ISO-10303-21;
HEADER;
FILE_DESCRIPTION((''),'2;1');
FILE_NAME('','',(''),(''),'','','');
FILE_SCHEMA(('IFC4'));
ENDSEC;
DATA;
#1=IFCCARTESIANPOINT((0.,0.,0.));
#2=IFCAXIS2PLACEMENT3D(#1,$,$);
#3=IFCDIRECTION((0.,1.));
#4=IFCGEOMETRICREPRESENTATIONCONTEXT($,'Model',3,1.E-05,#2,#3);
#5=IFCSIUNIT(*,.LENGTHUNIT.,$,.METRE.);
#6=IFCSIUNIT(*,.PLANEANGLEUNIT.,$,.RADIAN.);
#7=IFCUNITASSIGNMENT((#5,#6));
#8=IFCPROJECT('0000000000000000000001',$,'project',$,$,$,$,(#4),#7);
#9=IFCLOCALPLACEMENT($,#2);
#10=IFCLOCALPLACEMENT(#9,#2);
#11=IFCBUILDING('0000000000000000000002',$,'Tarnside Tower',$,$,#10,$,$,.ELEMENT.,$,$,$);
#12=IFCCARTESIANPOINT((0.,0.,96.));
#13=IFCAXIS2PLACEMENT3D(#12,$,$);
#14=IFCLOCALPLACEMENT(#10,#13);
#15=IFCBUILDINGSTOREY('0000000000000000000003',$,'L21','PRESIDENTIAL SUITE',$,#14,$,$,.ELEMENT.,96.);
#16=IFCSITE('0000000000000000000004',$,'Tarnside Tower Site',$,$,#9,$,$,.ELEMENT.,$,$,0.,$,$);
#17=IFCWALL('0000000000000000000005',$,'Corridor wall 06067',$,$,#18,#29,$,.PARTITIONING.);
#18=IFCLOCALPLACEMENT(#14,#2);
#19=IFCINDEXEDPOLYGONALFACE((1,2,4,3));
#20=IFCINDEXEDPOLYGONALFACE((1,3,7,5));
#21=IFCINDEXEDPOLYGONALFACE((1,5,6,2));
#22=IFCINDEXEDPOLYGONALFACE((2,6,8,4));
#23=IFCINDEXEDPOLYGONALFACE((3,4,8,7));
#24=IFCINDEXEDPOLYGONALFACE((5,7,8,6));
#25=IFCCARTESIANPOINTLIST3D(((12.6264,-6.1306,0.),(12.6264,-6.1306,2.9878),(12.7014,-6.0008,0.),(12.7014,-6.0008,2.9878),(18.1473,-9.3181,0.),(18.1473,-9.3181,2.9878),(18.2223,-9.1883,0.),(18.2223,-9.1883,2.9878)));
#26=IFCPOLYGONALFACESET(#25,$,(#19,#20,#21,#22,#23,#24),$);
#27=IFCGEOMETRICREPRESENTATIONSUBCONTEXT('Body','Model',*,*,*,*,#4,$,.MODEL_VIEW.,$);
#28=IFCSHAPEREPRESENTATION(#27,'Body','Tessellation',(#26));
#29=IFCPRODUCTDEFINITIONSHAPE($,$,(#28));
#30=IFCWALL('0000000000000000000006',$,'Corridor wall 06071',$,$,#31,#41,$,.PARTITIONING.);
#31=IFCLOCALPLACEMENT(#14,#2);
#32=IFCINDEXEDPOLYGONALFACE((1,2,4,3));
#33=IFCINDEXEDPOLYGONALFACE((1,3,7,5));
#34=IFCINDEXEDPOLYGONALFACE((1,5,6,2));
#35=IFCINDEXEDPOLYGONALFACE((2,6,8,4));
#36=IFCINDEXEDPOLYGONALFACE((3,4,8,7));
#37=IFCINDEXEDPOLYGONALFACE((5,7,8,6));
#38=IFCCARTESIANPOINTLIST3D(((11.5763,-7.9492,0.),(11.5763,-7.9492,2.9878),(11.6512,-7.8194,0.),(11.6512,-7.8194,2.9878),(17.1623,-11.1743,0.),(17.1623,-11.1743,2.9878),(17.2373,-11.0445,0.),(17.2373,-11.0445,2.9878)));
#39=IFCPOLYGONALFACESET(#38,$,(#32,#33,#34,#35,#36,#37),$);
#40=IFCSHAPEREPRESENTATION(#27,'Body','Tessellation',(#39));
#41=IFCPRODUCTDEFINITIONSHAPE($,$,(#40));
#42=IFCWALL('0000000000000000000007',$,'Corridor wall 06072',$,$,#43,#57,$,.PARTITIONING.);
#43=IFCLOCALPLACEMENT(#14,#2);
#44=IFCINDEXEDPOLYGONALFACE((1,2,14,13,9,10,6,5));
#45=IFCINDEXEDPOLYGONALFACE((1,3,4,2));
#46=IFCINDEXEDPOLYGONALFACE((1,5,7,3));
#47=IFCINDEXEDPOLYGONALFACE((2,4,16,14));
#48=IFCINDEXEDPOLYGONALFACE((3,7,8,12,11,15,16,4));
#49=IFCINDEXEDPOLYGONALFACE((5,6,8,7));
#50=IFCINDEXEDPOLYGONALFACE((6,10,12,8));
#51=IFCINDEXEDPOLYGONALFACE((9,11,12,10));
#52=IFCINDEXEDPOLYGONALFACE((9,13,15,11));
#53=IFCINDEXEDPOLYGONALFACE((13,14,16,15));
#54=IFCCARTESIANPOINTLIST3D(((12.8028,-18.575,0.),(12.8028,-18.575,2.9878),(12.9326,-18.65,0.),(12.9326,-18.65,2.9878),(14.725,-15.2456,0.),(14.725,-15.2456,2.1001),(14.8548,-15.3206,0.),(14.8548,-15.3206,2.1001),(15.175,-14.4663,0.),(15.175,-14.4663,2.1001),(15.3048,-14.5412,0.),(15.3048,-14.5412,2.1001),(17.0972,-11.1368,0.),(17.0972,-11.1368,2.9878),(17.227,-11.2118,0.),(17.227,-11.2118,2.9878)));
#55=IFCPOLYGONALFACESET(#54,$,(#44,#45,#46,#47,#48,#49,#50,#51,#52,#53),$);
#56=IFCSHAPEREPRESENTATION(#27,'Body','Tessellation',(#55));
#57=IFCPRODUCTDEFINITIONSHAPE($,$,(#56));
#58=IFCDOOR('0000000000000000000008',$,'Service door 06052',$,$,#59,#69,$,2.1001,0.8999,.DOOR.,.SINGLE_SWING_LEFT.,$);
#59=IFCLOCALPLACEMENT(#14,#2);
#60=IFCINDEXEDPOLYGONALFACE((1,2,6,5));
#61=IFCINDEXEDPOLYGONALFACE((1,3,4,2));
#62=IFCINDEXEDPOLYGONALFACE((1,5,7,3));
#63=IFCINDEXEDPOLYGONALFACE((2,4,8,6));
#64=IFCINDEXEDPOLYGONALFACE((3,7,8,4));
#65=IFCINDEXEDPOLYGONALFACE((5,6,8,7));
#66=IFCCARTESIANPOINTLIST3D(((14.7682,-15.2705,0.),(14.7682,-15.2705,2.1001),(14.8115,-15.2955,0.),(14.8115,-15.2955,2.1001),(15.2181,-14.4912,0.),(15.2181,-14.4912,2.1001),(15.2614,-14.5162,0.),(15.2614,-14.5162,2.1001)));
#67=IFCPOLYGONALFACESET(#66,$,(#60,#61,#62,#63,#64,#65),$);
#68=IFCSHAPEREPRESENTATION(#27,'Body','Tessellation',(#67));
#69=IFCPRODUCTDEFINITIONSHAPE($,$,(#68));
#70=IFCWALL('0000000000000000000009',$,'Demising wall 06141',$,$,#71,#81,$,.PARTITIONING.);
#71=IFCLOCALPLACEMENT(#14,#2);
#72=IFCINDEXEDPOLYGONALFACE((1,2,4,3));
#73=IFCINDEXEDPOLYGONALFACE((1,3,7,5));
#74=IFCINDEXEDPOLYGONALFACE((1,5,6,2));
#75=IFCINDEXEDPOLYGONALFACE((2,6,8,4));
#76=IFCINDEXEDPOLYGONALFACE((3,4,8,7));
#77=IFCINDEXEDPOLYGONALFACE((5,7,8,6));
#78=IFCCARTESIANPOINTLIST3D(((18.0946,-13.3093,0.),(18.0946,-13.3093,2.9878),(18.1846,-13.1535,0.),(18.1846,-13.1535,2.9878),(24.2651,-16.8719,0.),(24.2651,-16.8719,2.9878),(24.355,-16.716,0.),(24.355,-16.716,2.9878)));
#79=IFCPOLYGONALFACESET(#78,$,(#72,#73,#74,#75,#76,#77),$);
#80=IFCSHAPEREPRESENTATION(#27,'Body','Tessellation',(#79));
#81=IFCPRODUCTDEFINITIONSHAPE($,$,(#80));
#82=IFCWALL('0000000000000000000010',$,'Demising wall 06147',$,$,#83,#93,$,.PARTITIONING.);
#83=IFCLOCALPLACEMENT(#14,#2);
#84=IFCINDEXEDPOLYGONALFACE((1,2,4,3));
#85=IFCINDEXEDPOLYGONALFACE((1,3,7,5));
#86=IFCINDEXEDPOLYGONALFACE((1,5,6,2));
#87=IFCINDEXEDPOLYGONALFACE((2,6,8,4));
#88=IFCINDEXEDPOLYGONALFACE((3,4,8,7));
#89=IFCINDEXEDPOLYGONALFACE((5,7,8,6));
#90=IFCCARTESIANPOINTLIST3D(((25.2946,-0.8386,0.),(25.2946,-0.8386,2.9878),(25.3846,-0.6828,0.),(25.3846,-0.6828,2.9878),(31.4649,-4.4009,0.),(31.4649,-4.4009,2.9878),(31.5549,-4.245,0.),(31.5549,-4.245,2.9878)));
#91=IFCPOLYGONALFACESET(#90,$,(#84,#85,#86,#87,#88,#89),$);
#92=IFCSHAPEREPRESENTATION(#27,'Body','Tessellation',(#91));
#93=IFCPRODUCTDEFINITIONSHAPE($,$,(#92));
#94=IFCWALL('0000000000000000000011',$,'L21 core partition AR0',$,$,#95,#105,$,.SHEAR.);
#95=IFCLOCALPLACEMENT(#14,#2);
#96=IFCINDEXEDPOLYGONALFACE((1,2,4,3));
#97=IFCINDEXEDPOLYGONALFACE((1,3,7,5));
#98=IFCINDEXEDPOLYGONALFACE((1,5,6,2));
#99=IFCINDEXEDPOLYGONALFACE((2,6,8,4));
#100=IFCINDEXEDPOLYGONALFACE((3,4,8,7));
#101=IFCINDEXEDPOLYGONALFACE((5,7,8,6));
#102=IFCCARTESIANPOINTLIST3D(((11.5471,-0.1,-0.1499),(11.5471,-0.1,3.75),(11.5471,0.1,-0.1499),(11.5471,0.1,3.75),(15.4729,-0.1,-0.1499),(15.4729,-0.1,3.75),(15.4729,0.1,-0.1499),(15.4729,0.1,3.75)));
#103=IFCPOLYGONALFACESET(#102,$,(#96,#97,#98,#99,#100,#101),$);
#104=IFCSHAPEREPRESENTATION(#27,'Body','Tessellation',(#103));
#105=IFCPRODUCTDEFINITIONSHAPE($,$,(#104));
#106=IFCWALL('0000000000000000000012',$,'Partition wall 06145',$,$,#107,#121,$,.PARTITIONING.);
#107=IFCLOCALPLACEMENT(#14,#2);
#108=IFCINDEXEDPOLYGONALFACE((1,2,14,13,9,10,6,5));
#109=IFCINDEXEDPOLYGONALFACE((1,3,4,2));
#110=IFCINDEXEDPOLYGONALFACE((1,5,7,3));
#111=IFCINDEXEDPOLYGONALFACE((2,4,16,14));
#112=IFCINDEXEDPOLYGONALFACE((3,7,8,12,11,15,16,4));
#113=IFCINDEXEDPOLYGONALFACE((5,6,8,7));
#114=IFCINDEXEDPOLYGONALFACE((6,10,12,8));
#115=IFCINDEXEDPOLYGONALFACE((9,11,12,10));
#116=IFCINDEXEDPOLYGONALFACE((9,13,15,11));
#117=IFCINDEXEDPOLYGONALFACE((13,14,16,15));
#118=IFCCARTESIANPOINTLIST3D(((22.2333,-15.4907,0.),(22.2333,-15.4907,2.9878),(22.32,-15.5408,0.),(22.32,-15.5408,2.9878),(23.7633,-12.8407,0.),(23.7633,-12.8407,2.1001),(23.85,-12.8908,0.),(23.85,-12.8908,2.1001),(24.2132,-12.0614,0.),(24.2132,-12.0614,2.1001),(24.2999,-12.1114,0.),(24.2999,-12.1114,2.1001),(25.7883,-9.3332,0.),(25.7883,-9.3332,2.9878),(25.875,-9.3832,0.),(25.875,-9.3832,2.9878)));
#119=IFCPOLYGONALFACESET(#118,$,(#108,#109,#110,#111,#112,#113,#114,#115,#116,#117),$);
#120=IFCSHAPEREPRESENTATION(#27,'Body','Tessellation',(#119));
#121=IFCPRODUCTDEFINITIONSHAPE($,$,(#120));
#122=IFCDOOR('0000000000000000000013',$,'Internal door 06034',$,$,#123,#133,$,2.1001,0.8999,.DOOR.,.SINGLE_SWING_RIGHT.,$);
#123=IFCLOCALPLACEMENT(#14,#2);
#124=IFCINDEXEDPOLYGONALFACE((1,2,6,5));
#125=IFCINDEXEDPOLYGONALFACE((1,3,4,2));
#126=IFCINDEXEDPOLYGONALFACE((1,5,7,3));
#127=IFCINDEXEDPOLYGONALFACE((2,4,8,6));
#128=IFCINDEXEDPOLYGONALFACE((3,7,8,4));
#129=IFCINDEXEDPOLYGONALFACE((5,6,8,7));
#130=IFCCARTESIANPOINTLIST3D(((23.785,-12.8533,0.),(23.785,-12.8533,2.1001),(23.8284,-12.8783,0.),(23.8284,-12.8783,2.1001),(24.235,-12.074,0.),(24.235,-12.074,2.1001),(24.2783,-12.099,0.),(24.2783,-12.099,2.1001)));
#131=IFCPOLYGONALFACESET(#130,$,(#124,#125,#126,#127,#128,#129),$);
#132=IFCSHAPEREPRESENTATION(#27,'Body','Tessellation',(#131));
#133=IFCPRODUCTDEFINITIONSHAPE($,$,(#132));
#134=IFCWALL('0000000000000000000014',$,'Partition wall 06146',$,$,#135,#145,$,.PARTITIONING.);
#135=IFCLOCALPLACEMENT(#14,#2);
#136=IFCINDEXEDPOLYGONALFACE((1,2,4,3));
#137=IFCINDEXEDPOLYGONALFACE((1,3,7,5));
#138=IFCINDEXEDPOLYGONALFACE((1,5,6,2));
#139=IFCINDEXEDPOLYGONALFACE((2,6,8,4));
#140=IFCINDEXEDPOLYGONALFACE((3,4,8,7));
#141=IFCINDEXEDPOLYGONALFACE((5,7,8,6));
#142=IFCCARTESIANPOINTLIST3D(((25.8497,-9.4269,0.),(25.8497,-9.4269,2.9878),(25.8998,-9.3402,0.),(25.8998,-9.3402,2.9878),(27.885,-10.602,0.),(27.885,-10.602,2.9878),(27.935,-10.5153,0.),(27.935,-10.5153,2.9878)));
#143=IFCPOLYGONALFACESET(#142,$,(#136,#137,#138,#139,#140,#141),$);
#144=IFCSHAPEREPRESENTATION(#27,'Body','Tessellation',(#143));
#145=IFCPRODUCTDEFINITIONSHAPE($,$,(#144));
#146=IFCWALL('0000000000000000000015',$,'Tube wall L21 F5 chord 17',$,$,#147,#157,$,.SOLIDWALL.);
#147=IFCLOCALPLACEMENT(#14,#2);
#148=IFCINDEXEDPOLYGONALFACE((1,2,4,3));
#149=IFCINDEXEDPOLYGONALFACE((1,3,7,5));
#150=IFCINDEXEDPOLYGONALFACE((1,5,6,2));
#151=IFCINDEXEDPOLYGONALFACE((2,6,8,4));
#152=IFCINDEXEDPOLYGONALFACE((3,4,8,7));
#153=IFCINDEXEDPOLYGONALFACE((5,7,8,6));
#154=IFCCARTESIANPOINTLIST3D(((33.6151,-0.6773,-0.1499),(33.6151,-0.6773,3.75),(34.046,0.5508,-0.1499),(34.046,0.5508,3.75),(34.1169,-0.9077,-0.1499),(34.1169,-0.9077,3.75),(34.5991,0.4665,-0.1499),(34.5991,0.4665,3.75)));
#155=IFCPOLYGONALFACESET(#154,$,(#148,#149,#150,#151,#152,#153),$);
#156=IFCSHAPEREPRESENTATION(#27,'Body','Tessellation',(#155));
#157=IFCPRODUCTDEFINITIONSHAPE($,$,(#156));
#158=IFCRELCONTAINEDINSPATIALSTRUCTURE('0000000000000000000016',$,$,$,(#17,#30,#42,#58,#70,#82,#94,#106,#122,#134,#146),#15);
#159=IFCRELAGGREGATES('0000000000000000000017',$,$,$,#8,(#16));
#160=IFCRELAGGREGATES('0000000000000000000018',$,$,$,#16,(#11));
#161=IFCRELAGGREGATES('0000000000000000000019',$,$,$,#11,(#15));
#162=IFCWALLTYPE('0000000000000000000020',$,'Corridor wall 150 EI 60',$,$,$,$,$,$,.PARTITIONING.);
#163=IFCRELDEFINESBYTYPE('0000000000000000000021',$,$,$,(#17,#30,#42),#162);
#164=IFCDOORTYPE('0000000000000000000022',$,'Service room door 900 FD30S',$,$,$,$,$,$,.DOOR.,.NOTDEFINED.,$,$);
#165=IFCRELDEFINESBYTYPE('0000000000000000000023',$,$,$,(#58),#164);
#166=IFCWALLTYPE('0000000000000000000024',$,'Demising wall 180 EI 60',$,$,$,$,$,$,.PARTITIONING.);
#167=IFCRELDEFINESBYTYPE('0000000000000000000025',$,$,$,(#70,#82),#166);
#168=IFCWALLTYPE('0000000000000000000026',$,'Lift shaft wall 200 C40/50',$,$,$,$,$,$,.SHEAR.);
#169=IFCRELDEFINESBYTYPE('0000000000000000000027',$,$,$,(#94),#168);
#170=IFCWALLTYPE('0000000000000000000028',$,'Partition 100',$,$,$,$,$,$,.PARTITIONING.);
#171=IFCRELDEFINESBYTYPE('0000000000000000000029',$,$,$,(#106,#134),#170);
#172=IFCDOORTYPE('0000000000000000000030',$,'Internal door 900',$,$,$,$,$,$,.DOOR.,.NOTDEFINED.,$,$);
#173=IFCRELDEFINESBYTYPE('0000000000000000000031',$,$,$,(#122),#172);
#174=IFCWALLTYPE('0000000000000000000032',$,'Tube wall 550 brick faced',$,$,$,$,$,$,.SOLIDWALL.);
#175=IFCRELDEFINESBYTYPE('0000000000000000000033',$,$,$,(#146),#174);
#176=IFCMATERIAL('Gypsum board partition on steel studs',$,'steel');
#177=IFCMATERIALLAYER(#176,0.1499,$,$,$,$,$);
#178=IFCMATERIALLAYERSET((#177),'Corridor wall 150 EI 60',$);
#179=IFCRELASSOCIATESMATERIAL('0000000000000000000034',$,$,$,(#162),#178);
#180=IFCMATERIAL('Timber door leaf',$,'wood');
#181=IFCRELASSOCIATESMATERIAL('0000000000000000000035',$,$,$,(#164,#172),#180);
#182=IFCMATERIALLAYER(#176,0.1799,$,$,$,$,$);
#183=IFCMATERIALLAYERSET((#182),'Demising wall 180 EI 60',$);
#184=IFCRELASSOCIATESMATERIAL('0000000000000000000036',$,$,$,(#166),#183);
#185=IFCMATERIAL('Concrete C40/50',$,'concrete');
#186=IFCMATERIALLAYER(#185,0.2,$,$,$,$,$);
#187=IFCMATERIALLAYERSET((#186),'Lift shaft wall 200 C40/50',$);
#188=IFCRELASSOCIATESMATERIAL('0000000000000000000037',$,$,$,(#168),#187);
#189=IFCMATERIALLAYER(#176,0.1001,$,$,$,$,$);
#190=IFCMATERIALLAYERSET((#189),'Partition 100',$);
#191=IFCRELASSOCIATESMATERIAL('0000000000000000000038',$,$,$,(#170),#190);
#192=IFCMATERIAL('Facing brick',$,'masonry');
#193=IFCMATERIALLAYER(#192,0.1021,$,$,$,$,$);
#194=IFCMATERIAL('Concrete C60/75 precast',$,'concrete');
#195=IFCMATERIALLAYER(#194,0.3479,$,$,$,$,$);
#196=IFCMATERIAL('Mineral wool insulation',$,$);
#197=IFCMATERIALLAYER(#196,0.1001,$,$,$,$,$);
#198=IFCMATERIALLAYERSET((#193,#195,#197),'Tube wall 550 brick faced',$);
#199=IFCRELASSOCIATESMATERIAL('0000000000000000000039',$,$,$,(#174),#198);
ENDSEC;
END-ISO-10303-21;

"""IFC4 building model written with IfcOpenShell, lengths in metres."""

from ifc_helpers import new_model, si_unit, direction, frame, frame_2d, origin, place, context, subcontext, project, spatial, polyline, rectangle, outline, extrude, material, layer, layer_set, type_object, element, fill, save


model = new_model("IFC4")

# Units and contexts
model_context = context("Model", 3, precision=1e-05, world=origin(), true_north=direction((0.0, 1.0)))
body_context = subcontext(model_context, "Body", "Model", "MODEL_VIEW")
ifc_project = project(units=[si_unit("LENGTHUNIT", "METRE"), si_unit("PLANEANGLEUNIT", "RADIAN")], contexts=[model_context])

# Site, building, storey
site_placement = place(None, origin())
site = spatial("IfcSite", under=ifc_project, at=site_placement, Name="Tarnside Tower Site", CompositionType="ELEMENT", RefElevation=0.0)
building_placement = place(site_placement, origin())
building = spatial("IfcBuilding", under=site, at=building_placement, Name="Tarnside Tower", CompositionType="ELEMENT")
storey_placement = place(building_placement, frame((0.0, 0.0, 96.0)))
storey = spatial("IfcBuildingStorey", under=building, at=storey_placement, Name="L21", Description="PRESIDENTIAL SUITE", CompositionType="ELEMENT", Elevation=96.0)

# Shared definitions
ifc_material_1 = material(Name="Gypsum board partition on steel studs", Category="steel")

# Shared definitions
ifc_material_2 = material(Name="Timber door leaf", Category="wood")

# Walls
ifc_layer_1 = layer(ifc_material_1, 0.1499)
ifc_layer_set_1 = layer_set([ifc_layer_1], Name="Corridor wall 150 EI 60")
wall_type_1 = type_object("IfcWallType", Name="Corridor wall 150 EI 60", PredefinedType="PARTITIONING", material=ifc_layer_set_1)
wall_1_placement = place(storey_placement, frame((18.1848, -9.2532, 0.0), z_axis=(0.0, 0.0, 1.0), x_axis=(-0.866029, 0.499994, 0.0)))
element("IfcWall", 1, at=wall_1_placement, inside=storey, type_object=wall_type_1, Name="Corridor wall 06067", PredefinedType="PARTITIONING", context=body_context, shape_type="SweptSolid", body=[
    extrude(rectangle(XDim=6.375, YDim=0.1499, at=frame_2d((3.1875, 0.0))), origin(), (0.0, 0.0, 1.0), 2.9878),
])
wall_2_placement = place(storey_placement, frame((11.6138, -7.8843, 0.0), z_axis=(0.0, 0.0, 1.0), x_axis=(0.866022, -0.500006, 0.0)))
element("IfcWall", 2, at=wall_2_placement, inside=storey, type_object=wall_type_1, Name="Corridor wall 06071", PredefinedType="PARTITIONING", context=body_context, shape_type="SweptSolid", body=[
    extrude(rectangle(XDim=6.4502, YDim=0.1499, at=frame_2d((3.2251, 0.0))), origin(), (0.0, 0.0, 1.0), 2.9878),
])

# Wall, opening, door
wall_3_placement = place(storey_placement, frame((17.1621, -11.1743, 0.0), z_axis=(0.0, 0.0, 1.0), x_axis=(-0.499997, -0.866027, 0.0)))
wall_3 = element("IfcWall", 3, at=wall_3_placement, inside=storey, type_object=wall_type_1, Name="Corridor wall 06072", PredefinedType="PARTITIONING", context=body_context, shape_type="SweptSolid", body=[
    extrude(rectangle(XDim=8.5889, YDim=0.1499, at=frame_2d((4.2944, 0.0))), origin(), (0.0, 0.0, 1.0), 2.9878),
])
opening_1_placement = place(wall_3_placement, frame((3.8445, 0.0, 0.0)))
opening_1 = element("IfcOpeningElement", 4, at=opening_1_placement, cuts=wall_3, PredefinedType="OPENING", context=body_context, shape_type="SweptSolid", body=[
    extrude(rectangle(XDim=0.8999, YDim=2.1001, at=frame_2d((0.45, 1.05))), frame((0.0, 0.085, 0.0), z_axis=(0.0, -1.0, 0.0), x_axis=(1.0, 0.0, 0.0)), (0.0, 0.0, 1.0), 0.1699),
])
door_type_1 = type_object("IfcDoorType", Name="Service room door 900 FD30S", OperationType="NOTDEFINED", PredefinedType="DOOR", material=ifc_material_2)
door_1_placement = place(opening_1_placement, origin())
door_1 = element("IfcDoor", 5, at=door_1_placement, inside=storey, type_object=door_type_1, Name="Service door 06052", OperationType="SINGLE_SWING_LEFT", OverallHeight=2.1001, OverallWidth=0.8999, PredefinedType="DOOR", context=body_context, shape_type="SweptSolid", body=[
    extrude(rectangle(XDim=0.8999, YDim=2.1001, at=frame_2d((0.45, 1.05))), frame((0.0, 0.0249, 0.0), z_axis=(0.0, -1.0, 0.0), x_axis=(1.0, 0.0, 0.0)), (0.0, 0.0, 1.0), 0.05),
])
fill(opening_1, door_1)

# Walls
ifc_layer_2 = layer(ifc_material_1, 0.1799)
ifc_layer_set_2 = layer_set([ifc_layer_2], Name="Demising wall 180 EI 60")
wall_type_2 = type_object("IfcWallType", Name="Demising wall 180 EI 60", PredefinedType="PARTITIONING", material=ifc_layer_set_2)
wall_4_placement = place(storey_placement, frame((24.3101, -16.7939, 0.0), z_axis=(0.0, 0.0, 1.0), x_axis=(-0.866025, 0.500001, 0.0)))
element("IfcWall", 6, at=wall_4_placement, inside=storey, type_object=wall_type_2, Name="Demising wall 06141", PredefinedType="PARTITIONING", context=body_context, shape_type="SweptSolid", body=[
    extrude(rectangle(XDim=7.125, YDim=0.1799, at=frame_2d((3.5625, 0.0))), origin(), (0.0, 0.0, 1.0), 2.9878),
])
wall_5_placement = place(storey_placement, frame((31.51, -4.323, 0.0), z_axis=(0.0, 0.0, 1.0), x_axis=(-0.86604, 0.499976, 0.0)))
element("IfcWall", 7, at=wall_5_placement, inside=storey, type_object=wall_type_2, Name="Demising wall 06147", PredefinedType="PARTITIONING", context=body_context, shape_type="SweptSolid", body=[
    extrude(rectangle(XDim=7.1248, YDim=0.1799, at=frame_2d((3.5625, 0.0))), origin(), (0.0, 0.0, 1.0), 2.9878),
])
ifc_material_3 = material(Name="Concrete C40/50", Category="concrete")
ifc_layer_3 = layer(ifc_material_3, 0.2)
ifc_layer_set_3 = layer_set([ifc_layer_3], Name="Lift shaft wall 200 C40/50")
wall_type_3 = type_object("IfcWallType", Name="Lift shaft wall 200 C40/50", PredefinedType="SHEAR", material=ifc_layer_set_3)
wall_6_placement = place(storey_placement, frame((11.5471, 0.0, -0.1499), z_axis=(0.0, 0.0, 1.0), x_axis=(1.0, 0.0, 0.0)))
element("IfcWall", 8, at=wall_6_placement, inside=storey, type_object=wall_type_3, Name="L21 core partition AR0", PredefinedType="SHEAR", context=body_context, shape_type="SweptSolid", body=[
    extrude(rectangle(XDim=3.9258, YDim=0.2, at=frame_2d((1.9629, 0.0))), origin(), (0.0, 0.0, 1.0), 3.8999),
])

# Wall, opening, door
ifc_layer_4 = layer(ifc_material_1, 0.1001)
ifc_layer_set_4 = layer_set([ifc_layer_4], Name="Partition 100")
wall_type_4 = type_object("IfcWallType", Name="Partition 100", PredefinedType="PARTITIONING", material=ifc_layer_set_4)
wall_7_placement = place(storey_placement, frame((22.2766, -15.5159, 0.0), z_axis=(0.0, 0.0, 1.0), x_axis=(0.499991, 0.866031, 0.0)))
wall_7 = element("IfcWall", 9, at=wall_7_placement, inside=storey, type_object=wall_type_4, Name="Partition wall 06145", PredefinedType="PARTITIONING", context=body_context, shape_type="SweptSolid", body=[
    extrude(rectangle(XDim=7.1101, YDim=0.1001, at=frame_2d((3.5552, 0.0))), origin(), (0.0, 0.0, 1.0), 2.9878),
])
opening_2_placement = place(wall_7_placement, frame((3.0601, 0.0, 0.0)))
opening_2 = element("IfcOpeningElement", 10, at=opening_2_placement, cuts=wall_7, PredefinedType="OPENING", context=body_context, shape_type="SweptSolid", body=[
    extrude(rectangle(XDim=0.8999, YDim=2.1001, at=frame_2d((0.45, 1.05))), frame((0.0, 0.0601, 0.0), z_axis=(0.0, -1.0, 0.0), x_axis=(1.0, 0.0, 0.0)), (0.0, 0.0, 1.0), 0.1201),
])
door_type_2 = type_object("IfcDoorType", Name="Internal door 900", OperationType="NOTDEFINED", PredefinedType="DOOR", material=ifc_material_2)
door_2_placement = place(opening_2_placement, origin())
door_2 = element("IfcDoor", 11, at=door_2_placement, inside=storey, type_object=door_type_2, Name="Internal door 06034", OperationType="SINGLE_SWING_RIGHT", OverallHeight=2.1001, OverallWidth=0.8999, PredefinedType="DOOR", context=body_context, shape_type="SweptSolid", body=[
    extrude(rectangle(XDim=0.8999, YDim=2.1001, at=frame_2d((0.45, 1.05))), frame((0.0, 0.0249, 0.0), z_axis=(0.0, -1.0, 0.0), x_axis=(1.0, 0.0, 0.0)), (0.0, 0.0, 1.0), 0.05),
])
fill(opening_2, door_2)

# Walls
wall_8_placement = place(storey_placement, frame((25.8748, -9.3835, 0.0), z_axis=(0.0, 0.0, 1.0), x_axis=(0.866016, -0.500016, 0.0)))
element("IfcWall", 12, at=wall_8_placement, inside=storey, type_object=wall_type_4, Name="Partition wall 06146", PredefinedType="PARTITIONING", context=body_context, shape_type="SweptSolid", body=[
    extrude(rectangle(XDim=2.3501, YDim=0.1001, at=frame_2d((1.175, 0.0))), origin(), (0.0, 0.0, 1.0), 2.9878),
])
ifc_material_4 = material(Name="Facing brick", Category="masonry")
ifc_layer_5 = layer(ifc_material_4, 0.1021)
ifc_material_5 = material(Name="Concrete C60/75 precast", Category="concrete")
ifc_layer_6 = layer(ifc_material_5, 0.3479)
ifc_material_6 = material(Name="Mineral wool insulation")
ifc_layer_7 = layer(ifc_material_6, 0.1001)
ifc_layer_set_5 = layer_set([ifc_layer_5, ifc_layer_6, ifc_layer_7], Name="Tube wall 550 brick faced")
wall_type_5 = type_object("IfcWallType", Name="Tube wall 550 brick faced", PredefinedType="SOLIDWALL", material=ifc_layer_set_5)
wall_9_placement = place(storey_placement, frame((33.866, -0.7925, -0.1499), z_axis=(0.0, 0.0, 1.0), x_axis=(0.331115, 0.94359, 0.0)))
element("IfcWall", 13, at=wall_9_placement, inside=storey, type_object=wall_type_5, Name="Tube wall L21 F5 chord 17", PredefinedType="SOLIDWALL", context=body_context, shape_type="SweptSolid", body=[
    extrude(outline(polyline([(-0.0256, -0.2749), (1.4307, -0.2749), (1.3271, 0.2749), (0.0256, 0.2749), (-0.0256, -0.2749)])), origin(), (0.0, 0.0, 1.0), 3.8999),
])

save(model, "model.ifc")
